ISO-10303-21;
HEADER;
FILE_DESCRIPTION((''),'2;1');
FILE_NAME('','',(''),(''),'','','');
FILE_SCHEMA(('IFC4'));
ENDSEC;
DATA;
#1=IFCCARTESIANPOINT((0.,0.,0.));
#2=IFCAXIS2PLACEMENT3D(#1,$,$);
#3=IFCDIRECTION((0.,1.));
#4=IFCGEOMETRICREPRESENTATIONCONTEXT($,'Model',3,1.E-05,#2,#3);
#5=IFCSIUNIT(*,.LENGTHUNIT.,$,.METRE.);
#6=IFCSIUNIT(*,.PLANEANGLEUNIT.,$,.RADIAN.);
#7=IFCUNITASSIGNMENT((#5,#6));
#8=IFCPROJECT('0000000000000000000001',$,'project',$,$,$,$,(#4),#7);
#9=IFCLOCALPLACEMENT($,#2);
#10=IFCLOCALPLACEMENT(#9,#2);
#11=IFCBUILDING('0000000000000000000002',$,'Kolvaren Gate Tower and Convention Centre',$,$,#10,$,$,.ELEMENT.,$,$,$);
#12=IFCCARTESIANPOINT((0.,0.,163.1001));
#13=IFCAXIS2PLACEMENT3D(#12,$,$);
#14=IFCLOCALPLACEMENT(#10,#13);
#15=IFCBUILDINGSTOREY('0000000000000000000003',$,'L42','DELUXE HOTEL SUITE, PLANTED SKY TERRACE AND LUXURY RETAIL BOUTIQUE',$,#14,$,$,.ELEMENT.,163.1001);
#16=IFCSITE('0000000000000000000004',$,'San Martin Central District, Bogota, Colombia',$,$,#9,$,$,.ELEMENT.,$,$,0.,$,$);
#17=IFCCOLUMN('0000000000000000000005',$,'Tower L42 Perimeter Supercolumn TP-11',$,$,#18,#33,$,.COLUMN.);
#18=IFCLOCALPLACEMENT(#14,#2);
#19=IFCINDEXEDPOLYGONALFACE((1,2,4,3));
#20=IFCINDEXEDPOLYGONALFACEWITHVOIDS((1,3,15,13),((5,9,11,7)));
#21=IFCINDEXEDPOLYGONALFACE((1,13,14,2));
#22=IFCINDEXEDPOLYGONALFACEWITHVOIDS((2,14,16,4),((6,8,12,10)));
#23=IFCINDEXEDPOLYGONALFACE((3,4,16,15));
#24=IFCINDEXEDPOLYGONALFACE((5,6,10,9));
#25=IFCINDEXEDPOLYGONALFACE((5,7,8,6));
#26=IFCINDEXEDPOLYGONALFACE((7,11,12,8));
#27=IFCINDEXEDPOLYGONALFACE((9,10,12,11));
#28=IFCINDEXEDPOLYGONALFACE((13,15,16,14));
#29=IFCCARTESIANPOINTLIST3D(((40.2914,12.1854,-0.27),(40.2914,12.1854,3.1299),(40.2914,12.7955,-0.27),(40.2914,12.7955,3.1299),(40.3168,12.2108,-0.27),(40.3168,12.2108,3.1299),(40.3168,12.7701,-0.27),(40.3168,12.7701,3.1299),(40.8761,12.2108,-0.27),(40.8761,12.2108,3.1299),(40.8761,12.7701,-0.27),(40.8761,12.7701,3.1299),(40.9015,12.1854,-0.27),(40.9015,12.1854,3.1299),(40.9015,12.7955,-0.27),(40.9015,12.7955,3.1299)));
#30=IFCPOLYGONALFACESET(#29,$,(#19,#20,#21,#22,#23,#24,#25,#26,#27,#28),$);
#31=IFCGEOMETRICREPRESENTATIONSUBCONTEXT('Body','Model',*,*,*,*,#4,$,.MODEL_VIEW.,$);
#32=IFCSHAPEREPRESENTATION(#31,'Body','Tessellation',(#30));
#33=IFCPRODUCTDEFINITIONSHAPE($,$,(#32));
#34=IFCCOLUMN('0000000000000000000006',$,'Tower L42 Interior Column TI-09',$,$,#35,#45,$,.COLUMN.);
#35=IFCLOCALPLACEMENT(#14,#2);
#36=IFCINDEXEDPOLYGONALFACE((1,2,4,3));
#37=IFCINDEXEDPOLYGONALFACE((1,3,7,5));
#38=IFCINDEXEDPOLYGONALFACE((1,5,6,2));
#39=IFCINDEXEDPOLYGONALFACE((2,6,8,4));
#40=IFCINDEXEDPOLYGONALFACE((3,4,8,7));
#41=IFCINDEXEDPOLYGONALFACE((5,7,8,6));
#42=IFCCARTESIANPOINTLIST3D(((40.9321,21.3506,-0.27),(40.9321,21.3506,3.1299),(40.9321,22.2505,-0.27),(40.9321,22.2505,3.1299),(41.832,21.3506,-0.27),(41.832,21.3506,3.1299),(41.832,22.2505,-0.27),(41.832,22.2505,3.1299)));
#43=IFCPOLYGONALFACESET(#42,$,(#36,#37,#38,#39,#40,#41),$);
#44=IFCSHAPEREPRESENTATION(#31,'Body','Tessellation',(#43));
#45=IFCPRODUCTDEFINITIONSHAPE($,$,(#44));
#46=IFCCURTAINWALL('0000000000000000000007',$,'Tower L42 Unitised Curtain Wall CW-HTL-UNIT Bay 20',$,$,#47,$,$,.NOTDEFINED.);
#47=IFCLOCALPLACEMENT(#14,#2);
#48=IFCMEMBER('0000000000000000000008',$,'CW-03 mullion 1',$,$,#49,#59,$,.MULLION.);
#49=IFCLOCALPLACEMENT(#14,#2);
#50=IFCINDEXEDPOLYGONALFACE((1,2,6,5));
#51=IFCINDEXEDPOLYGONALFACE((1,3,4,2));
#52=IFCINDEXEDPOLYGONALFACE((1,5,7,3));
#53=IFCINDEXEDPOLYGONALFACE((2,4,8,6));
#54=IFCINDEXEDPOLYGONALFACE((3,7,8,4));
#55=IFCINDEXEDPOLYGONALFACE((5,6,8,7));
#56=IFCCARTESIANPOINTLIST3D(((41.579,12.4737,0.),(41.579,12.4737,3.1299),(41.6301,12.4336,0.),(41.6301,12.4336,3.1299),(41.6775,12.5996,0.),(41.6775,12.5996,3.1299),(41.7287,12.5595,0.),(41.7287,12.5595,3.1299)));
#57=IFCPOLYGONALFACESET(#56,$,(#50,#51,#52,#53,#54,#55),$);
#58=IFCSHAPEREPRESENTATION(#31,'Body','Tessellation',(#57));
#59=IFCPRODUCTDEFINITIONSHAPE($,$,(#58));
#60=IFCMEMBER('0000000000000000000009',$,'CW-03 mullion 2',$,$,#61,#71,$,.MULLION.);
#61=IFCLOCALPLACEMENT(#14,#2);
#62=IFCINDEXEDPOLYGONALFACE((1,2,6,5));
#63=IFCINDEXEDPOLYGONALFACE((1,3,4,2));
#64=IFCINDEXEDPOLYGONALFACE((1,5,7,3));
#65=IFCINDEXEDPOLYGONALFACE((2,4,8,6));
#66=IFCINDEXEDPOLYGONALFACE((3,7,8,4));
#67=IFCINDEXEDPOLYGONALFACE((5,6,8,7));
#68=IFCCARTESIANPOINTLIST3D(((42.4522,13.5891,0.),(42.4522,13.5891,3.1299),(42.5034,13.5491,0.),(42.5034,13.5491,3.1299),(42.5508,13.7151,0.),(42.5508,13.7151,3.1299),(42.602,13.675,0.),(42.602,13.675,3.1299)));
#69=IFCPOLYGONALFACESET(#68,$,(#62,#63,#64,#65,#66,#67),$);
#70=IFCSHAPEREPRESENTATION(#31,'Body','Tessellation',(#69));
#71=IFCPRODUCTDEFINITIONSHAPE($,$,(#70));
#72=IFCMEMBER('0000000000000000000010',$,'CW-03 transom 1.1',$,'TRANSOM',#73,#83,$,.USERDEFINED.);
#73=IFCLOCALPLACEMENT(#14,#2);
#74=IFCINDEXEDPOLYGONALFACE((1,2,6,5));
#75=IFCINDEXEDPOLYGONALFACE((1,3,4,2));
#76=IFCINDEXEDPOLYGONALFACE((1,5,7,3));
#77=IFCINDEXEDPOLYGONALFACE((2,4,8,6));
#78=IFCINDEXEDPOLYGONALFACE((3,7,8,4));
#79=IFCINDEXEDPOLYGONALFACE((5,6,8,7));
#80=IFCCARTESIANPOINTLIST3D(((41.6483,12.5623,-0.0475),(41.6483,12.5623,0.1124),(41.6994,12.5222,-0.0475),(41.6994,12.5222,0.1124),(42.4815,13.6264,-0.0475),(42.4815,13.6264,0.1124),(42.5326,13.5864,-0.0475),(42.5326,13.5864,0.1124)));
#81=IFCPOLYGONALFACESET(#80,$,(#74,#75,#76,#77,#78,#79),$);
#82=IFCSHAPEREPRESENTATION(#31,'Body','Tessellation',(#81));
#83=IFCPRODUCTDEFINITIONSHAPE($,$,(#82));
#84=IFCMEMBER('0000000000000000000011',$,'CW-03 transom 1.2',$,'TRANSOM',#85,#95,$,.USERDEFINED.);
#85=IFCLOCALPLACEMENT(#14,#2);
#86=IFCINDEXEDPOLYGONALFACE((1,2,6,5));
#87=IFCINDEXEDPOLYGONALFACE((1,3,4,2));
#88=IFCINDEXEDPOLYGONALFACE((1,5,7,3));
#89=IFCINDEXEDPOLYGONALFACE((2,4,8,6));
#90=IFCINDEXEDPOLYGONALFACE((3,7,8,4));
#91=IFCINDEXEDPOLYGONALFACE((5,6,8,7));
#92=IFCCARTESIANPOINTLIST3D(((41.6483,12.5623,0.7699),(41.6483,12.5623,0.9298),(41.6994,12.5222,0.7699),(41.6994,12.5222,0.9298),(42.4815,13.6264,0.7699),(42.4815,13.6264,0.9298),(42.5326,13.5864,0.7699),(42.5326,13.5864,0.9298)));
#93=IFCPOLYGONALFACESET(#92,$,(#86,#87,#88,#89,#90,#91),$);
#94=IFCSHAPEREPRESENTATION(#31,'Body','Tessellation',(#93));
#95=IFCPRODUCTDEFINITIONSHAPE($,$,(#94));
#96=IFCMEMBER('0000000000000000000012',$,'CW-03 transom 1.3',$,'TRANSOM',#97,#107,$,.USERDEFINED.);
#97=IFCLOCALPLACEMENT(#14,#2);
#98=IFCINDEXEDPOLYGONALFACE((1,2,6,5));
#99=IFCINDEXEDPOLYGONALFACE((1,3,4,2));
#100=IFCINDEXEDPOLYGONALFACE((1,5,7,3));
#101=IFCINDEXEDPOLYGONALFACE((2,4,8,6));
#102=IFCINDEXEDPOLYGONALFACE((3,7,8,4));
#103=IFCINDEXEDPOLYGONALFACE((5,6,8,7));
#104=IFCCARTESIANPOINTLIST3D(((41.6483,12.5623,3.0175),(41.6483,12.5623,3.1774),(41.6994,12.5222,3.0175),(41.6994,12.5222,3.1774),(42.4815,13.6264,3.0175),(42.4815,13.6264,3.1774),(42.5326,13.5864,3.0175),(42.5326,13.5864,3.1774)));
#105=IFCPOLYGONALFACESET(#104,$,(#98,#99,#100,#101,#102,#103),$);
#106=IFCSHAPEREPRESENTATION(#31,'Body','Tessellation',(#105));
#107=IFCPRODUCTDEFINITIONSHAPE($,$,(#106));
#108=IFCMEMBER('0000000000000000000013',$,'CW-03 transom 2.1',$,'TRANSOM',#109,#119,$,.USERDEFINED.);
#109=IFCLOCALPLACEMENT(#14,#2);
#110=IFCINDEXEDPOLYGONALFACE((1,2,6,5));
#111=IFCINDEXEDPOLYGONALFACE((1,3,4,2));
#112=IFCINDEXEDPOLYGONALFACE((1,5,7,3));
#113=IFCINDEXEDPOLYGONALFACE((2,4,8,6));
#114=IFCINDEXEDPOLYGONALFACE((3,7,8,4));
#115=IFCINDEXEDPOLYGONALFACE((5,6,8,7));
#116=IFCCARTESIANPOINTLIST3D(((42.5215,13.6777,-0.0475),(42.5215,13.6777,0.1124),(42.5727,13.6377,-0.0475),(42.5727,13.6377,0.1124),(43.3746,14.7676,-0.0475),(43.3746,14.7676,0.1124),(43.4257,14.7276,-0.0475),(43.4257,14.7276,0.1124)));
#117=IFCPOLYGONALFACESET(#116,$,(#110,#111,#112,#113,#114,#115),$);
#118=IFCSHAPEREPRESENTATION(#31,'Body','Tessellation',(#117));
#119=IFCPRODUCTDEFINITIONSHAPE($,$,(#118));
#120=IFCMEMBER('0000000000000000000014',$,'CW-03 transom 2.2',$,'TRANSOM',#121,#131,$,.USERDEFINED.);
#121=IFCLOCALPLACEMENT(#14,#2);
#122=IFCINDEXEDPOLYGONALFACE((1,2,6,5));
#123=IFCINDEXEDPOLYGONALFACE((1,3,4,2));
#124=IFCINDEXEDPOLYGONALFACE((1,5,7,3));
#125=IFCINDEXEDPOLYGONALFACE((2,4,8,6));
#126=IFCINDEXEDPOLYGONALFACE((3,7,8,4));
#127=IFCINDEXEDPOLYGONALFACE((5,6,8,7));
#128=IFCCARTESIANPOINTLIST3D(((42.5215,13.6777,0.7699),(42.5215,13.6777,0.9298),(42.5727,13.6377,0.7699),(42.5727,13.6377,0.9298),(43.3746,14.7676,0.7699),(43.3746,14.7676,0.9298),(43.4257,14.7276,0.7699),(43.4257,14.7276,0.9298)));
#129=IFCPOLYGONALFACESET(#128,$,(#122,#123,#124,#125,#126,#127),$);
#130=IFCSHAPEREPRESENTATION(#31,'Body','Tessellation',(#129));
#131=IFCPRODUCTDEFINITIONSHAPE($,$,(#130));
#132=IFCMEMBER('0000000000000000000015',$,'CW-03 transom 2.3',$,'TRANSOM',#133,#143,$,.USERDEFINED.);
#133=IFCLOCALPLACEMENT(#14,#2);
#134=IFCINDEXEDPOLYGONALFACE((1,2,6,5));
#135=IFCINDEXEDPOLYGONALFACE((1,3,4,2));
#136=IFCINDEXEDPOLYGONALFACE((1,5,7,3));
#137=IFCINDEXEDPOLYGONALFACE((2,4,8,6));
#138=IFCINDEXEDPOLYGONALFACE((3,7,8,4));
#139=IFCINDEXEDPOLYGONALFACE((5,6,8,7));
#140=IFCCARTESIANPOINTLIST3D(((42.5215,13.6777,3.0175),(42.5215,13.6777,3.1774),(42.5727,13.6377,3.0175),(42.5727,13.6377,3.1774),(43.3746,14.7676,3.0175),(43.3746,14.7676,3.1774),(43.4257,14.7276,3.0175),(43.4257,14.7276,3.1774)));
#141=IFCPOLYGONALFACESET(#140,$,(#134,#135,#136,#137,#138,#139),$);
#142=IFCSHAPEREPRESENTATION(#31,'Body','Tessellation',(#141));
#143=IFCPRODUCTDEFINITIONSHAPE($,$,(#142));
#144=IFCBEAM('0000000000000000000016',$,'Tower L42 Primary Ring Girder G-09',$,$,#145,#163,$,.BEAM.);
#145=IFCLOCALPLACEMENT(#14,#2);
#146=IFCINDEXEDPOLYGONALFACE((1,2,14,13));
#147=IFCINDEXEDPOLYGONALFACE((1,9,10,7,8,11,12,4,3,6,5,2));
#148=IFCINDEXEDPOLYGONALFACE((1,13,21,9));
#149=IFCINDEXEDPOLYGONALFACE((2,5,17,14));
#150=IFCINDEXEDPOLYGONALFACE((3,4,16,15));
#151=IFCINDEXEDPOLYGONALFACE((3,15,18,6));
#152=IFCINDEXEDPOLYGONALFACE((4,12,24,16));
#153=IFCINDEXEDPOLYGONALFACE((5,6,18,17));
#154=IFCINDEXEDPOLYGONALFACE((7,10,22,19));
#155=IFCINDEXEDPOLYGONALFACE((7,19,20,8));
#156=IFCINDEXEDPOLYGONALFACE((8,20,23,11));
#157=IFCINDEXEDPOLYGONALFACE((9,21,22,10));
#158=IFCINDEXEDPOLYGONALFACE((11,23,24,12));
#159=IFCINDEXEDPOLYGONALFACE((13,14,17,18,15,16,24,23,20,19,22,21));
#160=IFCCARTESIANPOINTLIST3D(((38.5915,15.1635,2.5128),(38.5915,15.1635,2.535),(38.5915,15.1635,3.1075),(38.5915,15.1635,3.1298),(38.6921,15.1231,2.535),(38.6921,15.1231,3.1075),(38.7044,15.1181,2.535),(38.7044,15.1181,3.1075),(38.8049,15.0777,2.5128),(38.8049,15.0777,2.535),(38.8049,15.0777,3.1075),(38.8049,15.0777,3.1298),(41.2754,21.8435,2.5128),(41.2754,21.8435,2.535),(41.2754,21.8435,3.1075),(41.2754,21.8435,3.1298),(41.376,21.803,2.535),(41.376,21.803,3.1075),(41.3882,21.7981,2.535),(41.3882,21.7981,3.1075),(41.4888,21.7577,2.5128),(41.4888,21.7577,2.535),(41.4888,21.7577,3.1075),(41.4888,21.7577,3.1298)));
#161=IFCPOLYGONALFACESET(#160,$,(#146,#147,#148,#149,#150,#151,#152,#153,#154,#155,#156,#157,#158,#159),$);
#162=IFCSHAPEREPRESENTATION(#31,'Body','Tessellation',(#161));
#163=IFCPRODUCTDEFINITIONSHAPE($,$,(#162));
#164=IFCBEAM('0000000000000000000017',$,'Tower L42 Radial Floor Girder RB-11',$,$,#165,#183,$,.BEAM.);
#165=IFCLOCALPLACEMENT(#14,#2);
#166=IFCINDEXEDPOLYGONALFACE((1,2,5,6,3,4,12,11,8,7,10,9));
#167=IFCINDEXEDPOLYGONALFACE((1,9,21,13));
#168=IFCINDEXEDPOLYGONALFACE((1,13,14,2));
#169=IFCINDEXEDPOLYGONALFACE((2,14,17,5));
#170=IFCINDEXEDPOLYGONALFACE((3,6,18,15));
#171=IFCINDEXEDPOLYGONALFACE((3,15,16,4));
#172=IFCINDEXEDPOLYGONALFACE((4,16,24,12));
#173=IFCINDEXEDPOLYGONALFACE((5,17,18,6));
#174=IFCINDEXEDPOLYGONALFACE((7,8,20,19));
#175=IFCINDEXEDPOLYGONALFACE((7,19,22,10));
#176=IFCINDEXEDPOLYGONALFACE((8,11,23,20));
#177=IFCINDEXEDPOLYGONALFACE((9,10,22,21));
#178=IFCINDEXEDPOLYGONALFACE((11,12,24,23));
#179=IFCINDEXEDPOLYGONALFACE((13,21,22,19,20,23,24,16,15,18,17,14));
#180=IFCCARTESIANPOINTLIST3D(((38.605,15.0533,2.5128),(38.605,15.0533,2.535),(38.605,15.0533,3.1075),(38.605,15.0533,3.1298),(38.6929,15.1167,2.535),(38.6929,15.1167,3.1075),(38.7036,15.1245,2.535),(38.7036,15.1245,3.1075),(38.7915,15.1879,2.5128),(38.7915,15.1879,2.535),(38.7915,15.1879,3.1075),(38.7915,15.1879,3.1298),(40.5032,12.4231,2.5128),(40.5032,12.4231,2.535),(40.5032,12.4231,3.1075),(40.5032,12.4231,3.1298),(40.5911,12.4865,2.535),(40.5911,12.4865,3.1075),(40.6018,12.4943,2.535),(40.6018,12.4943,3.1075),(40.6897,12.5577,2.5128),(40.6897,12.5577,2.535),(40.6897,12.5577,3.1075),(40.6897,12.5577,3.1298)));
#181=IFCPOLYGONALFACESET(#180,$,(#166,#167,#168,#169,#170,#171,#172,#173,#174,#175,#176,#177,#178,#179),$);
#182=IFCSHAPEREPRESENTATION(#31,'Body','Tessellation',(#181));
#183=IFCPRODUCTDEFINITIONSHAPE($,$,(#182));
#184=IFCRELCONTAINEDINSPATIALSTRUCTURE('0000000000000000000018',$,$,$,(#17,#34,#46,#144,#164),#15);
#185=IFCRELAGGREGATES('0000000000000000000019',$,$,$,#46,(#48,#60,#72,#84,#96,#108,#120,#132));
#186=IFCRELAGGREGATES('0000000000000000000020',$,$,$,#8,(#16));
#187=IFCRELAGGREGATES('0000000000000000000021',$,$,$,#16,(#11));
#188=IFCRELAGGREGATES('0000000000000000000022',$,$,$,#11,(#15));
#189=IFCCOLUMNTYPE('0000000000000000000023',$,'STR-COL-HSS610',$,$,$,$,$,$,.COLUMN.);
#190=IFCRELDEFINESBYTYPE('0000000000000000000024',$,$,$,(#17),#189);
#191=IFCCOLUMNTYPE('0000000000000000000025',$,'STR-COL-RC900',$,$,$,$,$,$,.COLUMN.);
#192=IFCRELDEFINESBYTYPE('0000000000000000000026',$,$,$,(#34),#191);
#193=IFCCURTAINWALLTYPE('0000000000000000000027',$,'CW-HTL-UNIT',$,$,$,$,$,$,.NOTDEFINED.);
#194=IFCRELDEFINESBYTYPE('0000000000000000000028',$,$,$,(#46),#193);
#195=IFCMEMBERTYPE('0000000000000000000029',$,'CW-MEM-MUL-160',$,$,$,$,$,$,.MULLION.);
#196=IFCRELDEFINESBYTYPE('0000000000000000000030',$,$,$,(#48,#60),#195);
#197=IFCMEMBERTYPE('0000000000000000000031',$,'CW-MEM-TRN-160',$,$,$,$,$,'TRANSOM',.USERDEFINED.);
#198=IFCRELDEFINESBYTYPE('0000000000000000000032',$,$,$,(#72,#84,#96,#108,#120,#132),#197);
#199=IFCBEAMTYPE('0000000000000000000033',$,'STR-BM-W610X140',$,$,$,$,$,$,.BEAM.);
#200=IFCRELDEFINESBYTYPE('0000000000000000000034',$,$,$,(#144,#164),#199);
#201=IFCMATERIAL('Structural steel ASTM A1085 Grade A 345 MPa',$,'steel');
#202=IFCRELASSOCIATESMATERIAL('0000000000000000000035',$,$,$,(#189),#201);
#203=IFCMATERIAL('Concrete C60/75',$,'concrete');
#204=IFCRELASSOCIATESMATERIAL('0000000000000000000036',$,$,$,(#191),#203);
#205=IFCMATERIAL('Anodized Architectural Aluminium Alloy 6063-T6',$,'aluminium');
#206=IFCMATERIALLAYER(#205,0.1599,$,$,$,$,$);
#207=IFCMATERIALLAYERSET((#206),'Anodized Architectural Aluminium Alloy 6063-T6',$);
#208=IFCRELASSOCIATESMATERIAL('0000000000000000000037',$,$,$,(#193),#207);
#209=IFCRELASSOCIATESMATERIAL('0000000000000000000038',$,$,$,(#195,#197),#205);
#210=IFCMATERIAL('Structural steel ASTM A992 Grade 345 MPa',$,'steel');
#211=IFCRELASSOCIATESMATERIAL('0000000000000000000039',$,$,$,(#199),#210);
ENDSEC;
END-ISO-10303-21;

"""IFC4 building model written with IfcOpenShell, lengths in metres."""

from ifc_helpers import new_model, si_unit, direction, frame, origin, origin_2d, place, context, subcontext, project, spatial, rectangle, hollow_rectangle, i_section, extrude, material, layer, layer_set, material_profile, profile_set, type_object, element, aggregate, save


model = new_model("IFC4")

# Units and contexts
model_context = context("Model", 3, precision=1e-05, world=origin(), true_north=direction((0.0, 1.0)))
body_context = subcontext(model_context, "Body", "Model", "MODEL_VIEW")
ifc_project = project(units=[si_unit("LENGTHUNIT", "METRE"), si_unit("PLANEANGLEUNIT", "RADIAN")], contexts=[model_context])

# Site, building, storey
site_placement = place(None, origin())
site = spatial("IfcSite", under=ifc_project, at=site_placement, Name="San Martin Central District, Bogota, Colombia", CompositionType="ELEMENT", RefElevation=0.0)
building_placement = place(site_placement, origin())
building = spatial("IfcBuilding", under=site, at=building_placement, Name="Kolvaren Gate Tower and Convention Centre", CompositionType="ELEMENT")
storey_placement = place(building_placement, frame((0.0, 0.0, 163.1001)))
storey = spatial("IfcBuildingStorey", under=building, at=storey_placement, Name="L42", Description="DELUXE HOTEL SUITE, PLANTED SKY TERRACE AND LUXURY RETAIL BOUTIQUE", CompositionType="ELEMENT", Elevation=163.1001)

# Columns
ifc_material_1 = material(Name="Structural steel ASTM A1085 Grade A 345 MPa", Category="steel")
ifc_material_profile_1 = material_profile(ifc_material_1, hollow_rectangle(XDim=0.6101, YDim=0.6101, WallThickness=0.0254, at=origin_2d()), Name="HSS610X610X25.4")
ifc_profile_set_1 = profile_set([ifc_material_profile_1], Name="Structural steel ASTM A1085 Grade A 345 MPa")
column_type_1 = type_object("IfcColumnType", Name="STR-COL-HSS610", PredefinedType="COLUMN", material=ifc_profile_set_1)
column_1_placement = place(storey_placement, frame((40.5964, 12.4905, -0.27), z_axis=(0.0, 0.0, 1.0), x_axis=(1.0, 0.0, 0.0)))
element("IfcColumn", 1, at=column_1_placement, inside=storey, type_object=column_type_1, Name="Tower L42 Perimeter Supercolumn TP-11", PredefinedType="COLUMN", context=body_context, shape_type="SweptSolid", body=[
    extrude(hollow_rectangle(XDim=0.6101, YDim=0.6101, WallThickness=0.0254, at=origin_2d()), origin(), (0.0, 0.0, 1.0), 3.3999),
])
ifc_material_2 = material(Name="Concrete C60/75", Category="concrete")
ifc_material_profile_2 = material_profile(ifc_material_2, rectangle(XDim=0.8999, YDim=0.8999, at=origin_2d()), Name="RC-COL-900X900")
ifc_profile_set_2 = profile_set([ifc_material_profile_2], Name="Concrete C60/75")
column_type_2 = type_object("IfcColumnType", Name="STR-COL-RC900", PredefinedType="COLUMN", material=ifc_profile_set_2)
column_2_placement = place(storey_placement, frame((41.3821, 21.8005, -0.27), z_axis=(0.0, 0.0, 1.0), x_axis=(1.0, 0.0, 0.0)))
element("IfcColumn", 2, at=column_2_placement, inside=storey, type_object=column_type_2, Name="Tower L42 Interior Column TI-09", PredefinedType="COLUMN", context=body_context, shape_type="SweptSolid", body=[
    extrude(rectangle(XDim=0.8999, YDim=0.8999, at=origin_2d()), origin(), (0.0, 0.0, 1.0), 3.3999),
])

# Curtain wall, members
ifc_material_3 = material(Name="Anodized Architectural Aluminium Alloy 6063-T6", Category="aluminium")
ifc_layer_1 = layer(ifc_material_3, 0.1599)
ifc_layer_set_1 = layer_set([ifc_layer_1], Name="Anodized Architectural Aluminium Alloy 6063-T6")
curtain_wall_type = type_object("IfcCurtainWallType", Name="CW-HTL-UNIT", PredefinedType="NOTDEFINED", material=ifc_layer_set_1)
curtain_wall_placement = place(storey_placement, origin())
curtain_wall = element("IfcCurtainWall", 3, at=curtain_wall_placement, inside=storey, type_object=curtain_wall_type, Name="Tower L42 Unitised Curtain Wall CW-HTL-UNIT Bay 20", PredefinedType="NOTDEFINED")
ifc_material_profile_3 = material_profile(ifc_material_3, rectangle(XDim=0.0649, YDim=0.1599, at=origin_2d()), Name="CW-MEM-MUL-160")
ifc_profile_set_3 = profile_set([ifc_material_profile_3], Name="Anodized Architectural Aluminium Alloy 6063-T6")
member_type_1 = type_object("IfcMemberType", Name="CW-MEM-MUL-160", PredefinedType="MULLION", material=ifc_profile_set_3)
member_1_placement = place(storey_placement, frame((41.6538, 12.5166, 0.0), z_axis=(0.0, 0.0, 1.0), x_axis=(-0.787404, 0.616438, 0.0)))
member_1 = element("IfcMember", 4, at=member_1_placement, type_object=member_type_1, Name="CW-03 mullion 1", PredefinedType="MULLION", context=body_context, shape_type="SweptSolid", body=[
    extrude(rectangle(XDim=0.0649, YDim=0.1599, at=origin_2d()), origin(), (0.0, 0.0, 1.0), 3.1299),
])
member_2_placement = place(storey_placement, frame((42.5271, 13.6321, 0.0), z_axis=(0.0, 0.0, 1.0), x_axis=(-0.787404, 0.616438, 0.0)))
member_2 = element("IfcMember", 5, at=member_2_placement, type_object=member_type_1, Name="CW-03 mullion 2", PredefinedType="MULLION", context=body_context, shape_type="SweptSolid", body=[
    extrude(rectangle(XDim=0.0649, YDim=0.1599, at=origin_2d()), origin(), (0.0, 0.0, 1.0), 3.1299),
])
ifc_material_profile_4 = material_profile(ifc_material_3, rectangle(XDim=0.0649, YDim=0.1599, at=origin_2d()), Name="CW-MEM-TRN-160")
ifc_profile_set_4 = profile_set([ifc_material_profile_4], Name="Anodized Architectural Aluminium Alloy 6063-T6")
member_type_2 = type_object("IfcMemberType", Name="CW-MEM-TRN-160", ElementType="TRANSOM", PredefinedType="USERDEFINED", material=ifc_profile_set_4)
member_3_placement = place(storey_placement, frame((41.6738, 12.5422, 0.0325), z_axis=(0.616488, 0.787364, 0.0), x_axis=(-0.787364, 0.616488, 0.0)))
member_3 = element("IfcMember", 6, at=member_3_placement, type_object=member_type_2, Name="CW-03 transom 1.1", ObjectType="TRANSOM", PredefinedType="USERDEFINED", context=body_context, shape_type="SweptSolid", body=[
    extrude(rectangle(XDim=0.0649, YDim=0.1599, at=origin_2d()), origin(), (0.0, 0.0, 1.0), 1.3516),
])
member_4_placement = place(storey_placement, frame((41.6738, 12.5422, 0.8499), z_axis=(0.616488, 0.787364, 0.0), x_axis=(-0.787364, 0.616488, 0.0)))
member_4 = element("IfcMember", 7, at=member_4_placement, type_object=member_type_2, Name="CW-03 transom 1.2", ObjectType="TRANSOM", PredefinedType="USERDEFINED", context=body_context, shape_type="SweptSolid", body=[
    extrude(rectangle(XDim=0.0649, YDim=0.1599, at=origin_2d()), origin(), (0.0, 0.0, 1.0), 1.3516),
])
member_5_placement = place(storey_placement, frame((41.6738, 12.5422, 3.0974), z_axis=(0.616488, 0.787364, 0.0), x_axis=(-0.787364, 0.616488, 0.0)))
member_5 = element("IfcMember", 8, at=member_5_placement, type_object=member_type_2, Name="CW-03 transom 1.3", ObjectType="TRANSOM", PredefinedType="USERDEFINED", context=body_context, shape_type="SweptSolid", body=[
    extrude(rectangle(XDim=0.0649, YDim=0.1599, at=origin_2d()), origin(), (0.0, 0.0, 1.0), 1.3516),
])
member_6_placement = place(storey_placement, frame((42.5471, 13.6577, 0.0325), z_axis=(0.616356, 0.787468, 0.0), x_axis=(-0.787468, 0.616356, 0.0)))
member_6 = element("IfcMember", 9, at=member_6_placement, type_object=member_type_2, Name="CW-03 transom 2.1", ObjectType="TRANSOM", PredefinedType="USERDEFINED", context=body_context, shape_type="SweptSolid", body=[
    extrude(rectangle(XDim=0.0649, YDim=0.1599, at=origin_2d()), origin(), (0.0, 0.0, 1.0), 1.384),
])
member_7_placement = place(storey_placement, frame((42.5471, 13.6577, 0.8499), z_axis=(0.616356, 0.787468, 0.0), x_axis=(-0.787468, 0.616356, 0.0)))
member_7 = element("IfcMember", 10, at=member_7_placement, type_object=member_type_2, Name="CW-03 transom 2.2", ObjectType="TRANSOM", PredefinedType="USERDEFINED", context=body_context, shape_type="SweptSolid", body=[
    extrude(rectangle(XDim=0.0649, YDim=0.1599, at=origin_2d()), origin(), (0.0, 0.0, 1.0), 1.384),
])
member_8_placement = place(storey_placement, frame((42.5471, 13.6577, 3.0974), z_axis=(0.616356, 0.787468, 0.0), x_axis=(-0.787468, 0.616356, 0.0)))
member_8 = element("IfcMember", 11, at=member_8_placement, type_object=member_type_2, Name="CW-03 transom 2.3", ObjectType="TRANSOM", PredefinedType="USERDEFINED", context=body_context, shape_type="SweptSolid", body=[
    extrude(rectangle(XDim=0.0649, YDim=0.1599, at=origin_2d()), origin(), (0.0, 0.0, 1.0), 1.384),
])

# Beams
ifc_material_4 = material(Name="Structural steel ASTM A992 Grade 345 MPa", Category="steel")
ifc_material_profile_5 = material_profile(ifc_material_4, i_section(OverallWidth=0.23, OverallDepth=0.6169, WebThickness=0.0132, FlangeThickness=0.0222, at=origin_2d()), Name="W610X140")
ifc_profile_set_5 = profile_set([ifc_material_profile_5], Name="Structural steel ASTM A992 Grade 345 MPa")
beam_type_1 = type_object("IfcBeamType", Name="STR-BM-W610X140", PredefinedType="BEAM", material=ifc_profile_set_5)
beam_1_placement = place(storey_placement, frame((38.6982, 15.1206, 2.8213), z_axis=(0.372811, 0.927907, 0.0), x_axis=(-0.927907, 0.372811, 0.0)))
element("IfcBeam", 12, at=beam_1_placement, inside=storey, type_object=beam_type_1, Name="Tower L42 Primary Ring Girder G-09", PredefinedType="BEAM", context=body_context, shape_type="SweptSolid", body=[
    extrude(i_section(OverallWidth=0.23, OverallDepth=0.6169, WebThickness=0.0132, FlangeThickness=0.0222, at=origin_2d()), origin(), (0.0, 0.0, 1.0), 7.199),
])
beam_2_placement = place(storey_placement, frame((38.6982, 15.1206, 2.8213), z_axis=(0.585218, -0.810876, 0.0), x_axis=(0.810876, 0.585218, 0.0)))
element("IfcBeam", 13, at=beam_2_placement, inside=storey, type_object=beam_type_1, Name="Tower L42 Radial Floor Girder RB-11", PredefinedType="BEAM", context=body_context, shape_type="SweptSolid", body=[
    extrude(i_section(OverallWidth=0.23, OverallDepth=0.6169, WebThickness=0.0132, FlangeThickness=0.0222, at=origin_2d()), origin(), (0.0, 0.0, 1.0), 3.2437),
])

aggregate(curtain_wall, [member_1, member_2, member_3, member_4, member_5, member_6, member_7, member_8])

save(model, "model.ifc")
